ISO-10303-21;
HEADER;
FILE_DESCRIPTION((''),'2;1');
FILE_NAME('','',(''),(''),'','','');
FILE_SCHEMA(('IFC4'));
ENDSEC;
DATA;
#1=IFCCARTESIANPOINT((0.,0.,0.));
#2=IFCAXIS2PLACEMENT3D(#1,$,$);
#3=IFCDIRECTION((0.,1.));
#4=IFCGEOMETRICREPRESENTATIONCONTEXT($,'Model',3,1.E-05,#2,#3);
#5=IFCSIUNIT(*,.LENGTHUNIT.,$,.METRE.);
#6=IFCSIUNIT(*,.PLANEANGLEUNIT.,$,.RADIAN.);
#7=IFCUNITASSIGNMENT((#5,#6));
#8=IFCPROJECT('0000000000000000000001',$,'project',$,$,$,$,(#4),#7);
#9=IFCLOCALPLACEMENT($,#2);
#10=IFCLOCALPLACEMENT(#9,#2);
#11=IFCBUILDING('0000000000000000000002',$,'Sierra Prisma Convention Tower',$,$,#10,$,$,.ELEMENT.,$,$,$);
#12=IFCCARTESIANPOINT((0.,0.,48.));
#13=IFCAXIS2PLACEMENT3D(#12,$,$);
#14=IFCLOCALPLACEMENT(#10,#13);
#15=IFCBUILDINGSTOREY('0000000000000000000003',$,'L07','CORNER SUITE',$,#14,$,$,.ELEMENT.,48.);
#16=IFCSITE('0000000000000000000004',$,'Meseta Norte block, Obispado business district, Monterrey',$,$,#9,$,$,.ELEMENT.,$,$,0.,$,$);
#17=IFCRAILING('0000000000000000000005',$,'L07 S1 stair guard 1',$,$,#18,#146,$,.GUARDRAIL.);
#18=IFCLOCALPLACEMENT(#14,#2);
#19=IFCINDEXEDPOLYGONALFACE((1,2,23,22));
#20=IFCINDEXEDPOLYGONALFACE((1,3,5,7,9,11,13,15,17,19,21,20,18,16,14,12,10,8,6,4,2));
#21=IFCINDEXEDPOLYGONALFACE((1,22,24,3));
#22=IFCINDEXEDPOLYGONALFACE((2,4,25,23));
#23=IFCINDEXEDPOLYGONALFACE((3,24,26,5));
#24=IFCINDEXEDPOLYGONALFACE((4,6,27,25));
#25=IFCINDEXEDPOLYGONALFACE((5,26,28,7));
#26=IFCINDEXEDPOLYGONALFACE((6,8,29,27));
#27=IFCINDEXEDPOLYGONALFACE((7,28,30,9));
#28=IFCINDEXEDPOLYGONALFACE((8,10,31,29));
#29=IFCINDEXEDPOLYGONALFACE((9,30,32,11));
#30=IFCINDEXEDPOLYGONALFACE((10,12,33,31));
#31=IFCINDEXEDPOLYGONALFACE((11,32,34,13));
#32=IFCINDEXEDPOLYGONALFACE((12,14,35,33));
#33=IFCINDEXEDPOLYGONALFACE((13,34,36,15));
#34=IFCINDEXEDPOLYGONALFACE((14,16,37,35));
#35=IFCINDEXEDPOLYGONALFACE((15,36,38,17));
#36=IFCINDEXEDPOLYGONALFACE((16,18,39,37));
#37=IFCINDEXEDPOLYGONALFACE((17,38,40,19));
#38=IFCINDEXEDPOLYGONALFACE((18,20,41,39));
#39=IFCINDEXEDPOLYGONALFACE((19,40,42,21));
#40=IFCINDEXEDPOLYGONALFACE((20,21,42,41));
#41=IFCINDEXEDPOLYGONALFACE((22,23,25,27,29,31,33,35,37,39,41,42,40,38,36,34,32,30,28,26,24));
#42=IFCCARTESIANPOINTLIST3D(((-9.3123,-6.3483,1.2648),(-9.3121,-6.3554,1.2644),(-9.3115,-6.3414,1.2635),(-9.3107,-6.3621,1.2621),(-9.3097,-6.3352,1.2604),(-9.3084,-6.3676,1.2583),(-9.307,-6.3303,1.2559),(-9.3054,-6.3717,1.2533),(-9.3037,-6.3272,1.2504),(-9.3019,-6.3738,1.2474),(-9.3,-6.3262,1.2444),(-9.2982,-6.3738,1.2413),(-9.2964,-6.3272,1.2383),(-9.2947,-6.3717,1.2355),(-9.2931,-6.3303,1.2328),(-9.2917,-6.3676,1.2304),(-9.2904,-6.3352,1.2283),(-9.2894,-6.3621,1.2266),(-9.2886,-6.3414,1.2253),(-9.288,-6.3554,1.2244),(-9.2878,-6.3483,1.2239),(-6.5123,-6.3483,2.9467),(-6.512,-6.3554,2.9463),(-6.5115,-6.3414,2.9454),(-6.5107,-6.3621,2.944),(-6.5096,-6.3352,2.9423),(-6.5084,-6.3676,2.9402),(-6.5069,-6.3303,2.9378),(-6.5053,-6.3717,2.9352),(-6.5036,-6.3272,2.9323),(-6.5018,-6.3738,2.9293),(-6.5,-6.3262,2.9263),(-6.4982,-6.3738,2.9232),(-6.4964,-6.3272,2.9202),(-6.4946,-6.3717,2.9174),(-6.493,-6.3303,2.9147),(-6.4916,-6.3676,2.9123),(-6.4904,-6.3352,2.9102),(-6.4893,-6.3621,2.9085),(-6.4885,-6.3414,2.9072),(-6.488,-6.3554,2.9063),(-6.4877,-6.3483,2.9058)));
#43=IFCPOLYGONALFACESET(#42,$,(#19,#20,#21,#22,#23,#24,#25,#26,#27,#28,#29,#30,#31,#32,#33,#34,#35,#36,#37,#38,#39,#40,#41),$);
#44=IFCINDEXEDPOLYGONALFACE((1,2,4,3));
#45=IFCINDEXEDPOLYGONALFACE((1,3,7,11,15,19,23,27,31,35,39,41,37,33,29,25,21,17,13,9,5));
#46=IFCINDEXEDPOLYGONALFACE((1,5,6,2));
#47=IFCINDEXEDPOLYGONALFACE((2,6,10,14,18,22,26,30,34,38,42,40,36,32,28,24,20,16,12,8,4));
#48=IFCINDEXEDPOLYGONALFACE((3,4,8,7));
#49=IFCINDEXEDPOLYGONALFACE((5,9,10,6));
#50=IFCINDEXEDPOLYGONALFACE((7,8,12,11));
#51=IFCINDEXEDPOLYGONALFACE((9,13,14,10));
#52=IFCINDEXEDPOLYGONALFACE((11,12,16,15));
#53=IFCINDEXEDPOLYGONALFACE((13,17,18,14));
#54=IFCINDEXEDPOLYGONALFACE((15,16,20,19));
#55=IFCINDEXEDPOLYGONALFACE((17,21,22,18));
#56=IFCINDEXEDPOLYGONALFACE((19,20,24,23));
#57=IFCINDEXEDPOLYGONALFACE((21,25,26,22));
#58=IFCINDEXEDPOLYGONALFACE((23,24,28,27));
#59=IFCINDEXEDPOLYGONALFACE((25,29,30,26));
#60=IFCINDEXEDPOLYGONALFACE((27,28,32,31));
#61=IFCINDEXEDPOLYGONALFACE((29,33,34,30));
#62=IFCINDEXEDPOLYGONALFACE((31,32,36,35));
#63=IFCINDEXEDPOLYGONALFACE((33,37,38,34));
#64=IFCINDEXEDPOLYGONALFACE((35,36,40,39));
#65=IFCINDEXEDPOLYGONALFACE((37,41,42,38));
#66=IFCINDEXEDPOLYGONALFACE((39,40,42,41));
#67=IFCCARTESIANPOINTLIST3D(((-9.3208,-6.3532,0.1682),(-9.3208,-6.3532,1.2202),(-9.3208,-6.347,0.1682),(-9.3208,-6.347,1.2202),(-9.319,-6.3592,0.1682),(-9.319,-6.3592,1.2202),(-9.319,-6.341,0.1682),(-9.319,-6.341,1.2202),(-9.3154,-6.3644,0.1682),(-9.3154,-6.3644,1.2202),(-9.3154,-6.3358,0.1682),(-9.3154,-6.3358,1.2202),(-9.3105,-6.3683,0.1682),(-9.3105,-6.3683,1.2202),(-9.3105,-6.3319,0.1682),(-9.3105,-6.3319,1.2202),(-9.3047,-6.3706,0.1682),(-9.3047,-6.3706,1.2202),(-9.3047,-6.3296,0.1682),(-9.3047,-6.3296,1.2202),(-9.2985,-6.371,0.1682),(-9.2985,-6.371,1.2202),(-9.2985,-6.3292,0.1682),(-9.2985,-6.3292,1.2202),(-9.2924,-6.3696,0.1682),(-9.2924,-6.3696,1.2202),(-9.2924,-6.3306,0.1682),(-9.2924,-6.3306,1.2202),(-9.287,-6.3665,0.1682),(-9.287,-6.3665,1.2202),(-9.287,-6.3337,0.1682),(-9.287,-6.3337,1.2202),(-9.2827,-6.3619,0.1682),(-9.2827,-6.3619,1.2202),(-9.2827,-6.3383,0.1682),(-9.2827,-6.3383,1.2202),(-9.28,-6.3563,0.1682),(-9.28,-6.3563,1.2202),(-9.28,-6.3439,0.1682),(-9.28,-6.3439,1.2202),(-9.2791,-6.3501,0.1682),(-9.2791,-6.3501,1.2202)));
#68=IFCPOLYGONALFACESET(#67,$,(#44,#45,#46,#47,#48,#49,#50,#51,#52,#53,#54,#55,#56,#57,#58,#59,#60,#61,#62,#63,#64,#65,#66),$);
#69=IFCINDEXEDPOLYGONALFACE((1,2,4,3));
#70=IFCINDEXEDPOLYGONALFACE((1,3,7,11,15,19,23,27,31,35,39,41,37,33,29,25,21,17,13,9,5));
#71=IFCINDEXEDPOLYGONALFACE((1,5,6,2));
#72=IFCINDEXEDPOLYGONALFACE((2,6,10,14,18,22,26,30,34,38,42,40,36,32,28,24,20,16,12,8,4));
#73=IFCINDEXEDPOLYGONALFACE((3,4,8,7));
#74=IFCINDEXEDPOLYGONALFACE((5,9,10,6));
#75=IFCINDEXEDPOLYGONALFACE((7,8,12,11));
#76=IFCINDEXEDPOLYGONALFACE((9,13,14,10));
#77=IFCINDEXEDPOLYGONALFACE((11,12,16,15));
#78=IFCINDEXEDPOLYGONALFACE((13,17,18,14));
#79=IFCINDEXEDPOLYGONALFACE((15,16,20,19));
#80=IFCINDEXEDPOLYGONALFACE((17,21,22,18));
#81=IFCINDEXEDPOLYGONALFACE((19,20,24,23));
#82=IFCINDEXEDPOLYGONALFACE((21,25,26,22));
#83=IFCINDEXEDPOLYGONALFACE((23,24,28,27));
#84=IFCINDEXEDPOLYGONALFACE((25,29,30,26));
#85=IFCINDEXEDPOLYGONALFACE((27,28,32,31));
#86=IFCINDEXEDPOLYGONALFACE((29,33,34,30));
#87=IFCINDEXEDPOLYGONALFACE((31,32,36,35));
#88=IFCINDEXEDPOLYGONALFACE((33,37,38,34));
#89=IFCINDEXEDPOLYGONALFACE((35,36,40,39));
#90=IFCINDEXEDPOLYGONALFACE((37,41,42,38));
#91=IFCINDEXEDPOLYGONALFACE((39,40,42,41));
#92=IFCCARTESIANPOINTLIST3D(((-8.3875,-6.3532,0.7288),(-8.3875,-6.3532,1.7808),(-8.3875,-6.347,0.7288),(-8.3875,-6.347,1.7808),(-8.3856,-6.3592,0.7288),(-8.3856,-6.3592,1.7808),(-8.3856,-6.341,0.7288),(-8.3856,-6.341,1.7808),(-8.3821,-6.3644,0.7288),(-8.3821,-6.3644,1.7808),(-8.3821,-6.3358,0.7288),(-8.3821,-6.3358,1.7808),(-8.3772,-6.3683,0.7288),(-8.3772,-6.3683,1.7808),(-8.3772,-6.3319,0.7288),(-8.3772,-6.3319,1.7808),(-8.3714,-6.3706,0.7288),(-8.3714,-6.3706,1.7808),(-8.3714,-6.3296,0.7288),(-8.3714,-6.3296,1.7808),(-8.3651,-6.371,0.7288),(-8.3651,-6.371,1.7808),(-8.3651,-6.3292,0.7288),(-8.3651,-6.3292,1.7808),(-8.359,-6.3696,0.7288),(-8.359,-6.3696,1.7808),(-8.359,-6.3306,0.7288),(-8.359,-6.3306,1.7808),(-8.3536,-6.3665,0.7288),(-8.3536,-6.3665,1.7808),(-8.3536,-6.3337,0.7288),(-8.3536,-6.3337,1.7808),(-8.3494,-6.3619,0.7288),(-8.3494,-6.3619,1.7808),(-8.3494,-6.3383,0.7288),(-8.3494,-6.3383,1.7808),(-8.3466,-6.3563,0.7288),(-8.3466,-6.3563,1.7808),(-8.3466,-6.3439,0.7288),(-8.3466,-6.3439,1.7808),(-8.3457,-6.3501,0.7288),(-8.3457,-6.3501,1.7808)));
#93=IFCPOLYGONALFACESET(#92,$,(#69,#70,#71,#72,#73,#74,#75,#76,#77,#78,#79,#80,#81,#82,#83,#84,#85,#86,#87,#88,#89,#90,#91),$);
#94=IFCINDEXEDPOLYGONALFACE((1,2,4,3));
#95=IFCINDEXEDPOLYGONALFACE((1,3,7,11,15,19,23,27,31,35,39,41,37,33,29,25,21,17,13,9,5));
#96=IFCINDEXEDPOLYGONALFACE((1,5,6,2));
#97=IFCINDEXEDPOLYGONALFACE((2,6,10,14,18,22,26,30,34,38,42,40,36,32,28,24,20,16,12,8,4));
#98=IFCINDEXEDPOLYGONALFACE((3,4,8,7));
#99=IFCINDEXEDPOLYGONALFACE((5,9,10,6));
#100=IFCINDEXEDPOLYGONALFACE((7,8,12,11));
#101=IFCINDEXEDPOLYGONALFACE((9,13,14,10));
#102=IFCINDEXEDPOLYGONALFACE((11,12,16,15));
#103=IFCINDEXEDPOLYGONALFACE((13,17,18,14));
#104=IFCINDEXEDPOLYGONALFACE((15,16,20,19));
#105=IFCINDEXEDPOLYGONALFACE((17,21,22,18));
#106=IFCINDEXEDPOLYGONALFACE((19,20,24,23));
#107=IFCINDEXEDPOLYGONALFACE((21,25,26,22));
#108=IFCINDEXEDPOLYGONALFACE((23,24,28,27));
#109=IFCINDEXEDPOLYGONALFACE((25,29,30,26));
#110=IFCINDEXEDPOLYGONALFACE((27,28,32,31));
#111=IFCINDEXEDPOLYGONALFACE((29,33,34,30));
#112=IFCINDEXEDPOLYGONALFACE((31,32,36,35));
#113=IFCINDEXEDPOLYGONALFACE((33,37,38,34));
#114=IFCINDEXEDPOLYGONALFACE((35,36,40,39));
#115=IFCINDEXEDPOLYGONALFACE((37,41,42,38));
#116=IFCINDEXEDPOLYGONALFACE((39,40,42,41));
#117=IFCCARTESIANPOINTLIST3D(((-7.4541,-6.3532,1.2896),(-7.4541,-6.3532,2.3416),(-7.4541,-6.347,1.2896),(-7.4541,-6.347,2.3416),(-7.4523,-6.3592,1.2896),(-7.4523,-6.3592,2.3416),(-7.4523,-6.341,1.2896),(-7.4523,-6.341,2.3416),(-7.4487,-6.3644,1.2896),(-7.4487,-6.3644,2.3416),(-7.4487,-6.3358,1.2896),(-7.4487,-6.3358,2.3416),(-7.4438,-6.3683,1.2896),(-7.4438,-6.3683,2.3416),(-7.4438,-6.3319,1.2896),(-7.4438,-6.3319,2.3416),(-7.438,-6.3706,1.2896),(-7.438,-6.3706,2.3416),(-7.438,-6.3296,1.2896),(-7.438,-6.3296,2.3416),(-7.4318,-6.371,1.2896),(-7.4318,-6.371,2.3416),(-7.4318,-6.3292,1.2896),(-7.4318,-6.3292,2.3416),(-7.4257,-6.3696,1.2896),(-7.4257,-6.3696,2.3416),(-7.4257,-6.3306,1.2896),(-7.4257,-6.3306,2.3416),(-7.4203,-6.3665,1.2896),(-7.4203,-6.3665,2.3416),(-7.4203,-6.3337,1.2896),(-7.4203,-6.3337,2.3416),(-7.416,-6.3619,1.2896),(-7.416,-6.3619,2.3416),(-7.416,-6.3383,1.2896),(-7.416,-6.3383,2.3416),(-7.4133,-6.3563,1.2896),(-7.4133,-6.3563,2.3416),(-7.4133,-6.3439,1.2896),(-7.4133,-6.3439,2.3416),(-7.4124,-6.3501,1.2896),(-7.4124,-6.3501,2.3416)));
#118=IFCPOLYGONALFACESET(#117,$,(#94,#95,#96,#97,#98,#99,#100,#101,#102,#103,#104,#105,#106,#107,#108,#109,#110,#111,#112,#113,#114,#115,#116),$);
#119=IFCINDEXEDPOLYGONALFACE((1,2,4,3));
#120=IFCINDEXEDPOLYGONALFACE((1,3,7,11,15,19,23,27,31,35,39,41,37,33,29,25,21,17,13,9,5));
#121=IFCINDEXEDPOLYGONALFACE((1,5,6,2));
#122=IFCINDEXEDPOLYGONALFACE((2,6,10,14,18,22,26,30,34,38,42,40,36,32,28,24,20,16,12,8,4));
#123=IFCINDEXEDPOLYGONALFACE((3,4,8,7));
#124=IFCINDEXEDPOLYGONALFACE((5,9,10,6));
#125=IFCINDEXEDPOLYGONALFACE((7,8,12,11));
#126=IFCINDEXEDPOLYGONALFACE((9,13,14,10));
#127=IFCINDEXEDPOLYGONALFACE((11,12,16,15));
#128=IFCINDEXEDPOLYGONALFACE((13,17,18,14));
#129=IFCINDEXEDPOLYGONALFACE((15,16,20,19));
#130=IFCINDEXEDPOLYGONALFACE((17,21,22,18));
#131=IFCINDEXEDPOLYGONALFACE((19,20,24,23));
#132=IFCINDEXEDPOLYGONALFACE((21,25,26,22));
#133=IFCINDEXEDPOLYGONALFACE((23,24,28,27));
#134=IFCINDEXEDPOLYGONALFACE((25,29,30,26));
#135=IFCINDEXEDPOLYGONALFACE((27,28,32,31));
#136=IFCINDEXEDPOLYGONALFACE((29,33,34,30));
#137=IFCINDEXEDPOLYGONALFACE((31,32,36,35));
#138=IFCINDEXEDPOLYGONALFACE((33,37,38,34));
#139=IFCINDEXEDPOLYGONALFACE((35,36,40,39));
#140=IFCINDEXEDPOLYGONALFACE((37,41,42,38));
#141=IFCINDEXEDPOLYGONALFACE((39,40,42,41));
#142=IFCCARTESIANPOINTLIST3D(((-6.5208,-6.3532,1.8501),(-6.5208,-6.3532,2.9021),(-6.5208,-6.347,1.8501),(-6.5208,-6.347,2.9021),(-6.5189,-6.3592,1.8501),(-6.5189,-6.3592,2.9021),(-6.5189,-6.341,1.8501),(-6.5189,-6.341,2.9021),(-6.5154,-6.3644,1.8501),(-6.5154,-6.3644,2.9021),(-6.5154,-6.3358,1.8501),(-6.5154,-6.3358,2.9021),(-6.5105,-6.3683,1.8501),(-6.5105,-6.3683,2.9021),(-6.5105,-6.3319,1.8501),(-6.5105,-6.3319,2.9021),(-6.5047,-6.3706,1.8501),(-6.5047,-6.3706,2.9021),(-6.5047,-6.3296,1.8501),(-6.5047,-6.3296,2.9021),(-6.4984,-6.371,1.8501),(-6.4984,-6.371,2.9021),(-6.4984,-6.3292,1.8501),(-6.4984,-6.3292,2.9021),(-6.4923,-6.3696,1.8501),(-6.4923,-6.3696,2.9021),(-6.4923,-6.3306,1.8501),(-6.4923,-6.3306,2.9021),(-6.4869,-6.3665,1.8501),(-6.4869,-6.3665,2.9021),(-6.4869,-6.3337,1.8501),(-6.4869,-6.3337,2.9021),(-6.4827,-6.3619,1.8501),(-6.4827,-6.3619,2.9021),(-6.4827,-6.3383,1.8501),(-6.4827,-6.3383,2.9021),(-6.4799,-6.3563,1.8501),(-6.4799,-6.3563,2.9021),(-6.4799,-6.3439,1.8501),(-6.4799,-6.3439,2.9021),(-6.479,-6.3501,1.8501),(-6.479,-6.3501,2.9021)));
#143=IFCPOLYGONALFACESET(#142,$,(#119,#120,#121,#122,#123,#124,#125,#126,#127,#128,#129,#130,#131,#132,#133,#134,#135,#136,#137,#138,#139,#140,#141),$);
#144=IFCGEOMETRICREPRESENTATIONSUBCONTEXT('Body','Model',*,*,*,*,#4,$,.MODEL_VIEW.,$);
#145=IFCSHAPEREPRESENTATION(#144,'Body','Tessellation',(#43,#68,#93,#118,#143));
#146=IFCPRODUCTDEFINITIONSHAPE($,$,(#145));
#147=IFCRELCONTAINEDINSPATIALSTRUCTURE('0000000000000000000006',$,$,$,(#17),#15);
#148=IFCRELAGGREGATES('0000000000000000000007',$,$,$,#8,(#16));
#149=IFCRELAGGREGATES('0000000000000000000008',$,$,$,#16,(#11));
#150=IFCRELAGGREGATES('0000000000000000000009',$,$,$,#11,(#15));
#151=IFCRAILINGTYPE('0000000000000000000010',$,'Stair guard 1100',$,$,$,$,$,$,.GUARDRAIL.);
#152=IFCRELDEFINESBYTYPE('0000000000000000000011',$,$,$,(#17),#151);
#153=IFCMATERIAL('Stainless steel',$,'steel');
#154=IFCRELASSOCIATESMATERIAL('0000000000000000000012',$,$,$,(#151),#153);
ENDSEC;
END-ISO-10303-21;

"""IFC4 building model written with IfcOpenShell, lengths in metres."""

from ifc_helpers import new_model, si_unit, direction, frame, origin, origin_2d, place, context, subcontext, project, spatial, circle, extrude, material, type_object, element, save


model = new_model("IFC4")

# Units and contexts
model_context = context("Model", 3, precision=1e-05, world=origin(), true_north=direction((0.0, 1.0)))
body_context = subcontext(model_context, "Body", "Model", "MODEL_VIEW")
ifc_project = project(units=[si_unit("LENGTHUNIT", "METRE"), si_unit("PLANEANGLEUNIT", "RADIAN")], contexts=[model_context])

# Site, building, storey
site_placement = place(None, origin())
site = spatial("IfcSite", under=ifc_project, at=site_placement, Name="Meseta Norte block, Obispado business district, Monterrey", CompositionType="ELEMENT", RefElevation=0.0)
building_placement = place(site_placement, origin())
building = spatial("IfcBuilding", under=site, at=building_placement, Name="Sierra Prisma Convention Tower", CompositionType="ELEMENT")
storey_placement = place(building_placement, frame((0.0, 0.0, 48.0)))
storey = spatial("IfcBuildingStorey", under=building, at=storey_placement, Name="L07", Description="CORNER SUITE", CompositionType="ELEMENT", Elevation=48.0)

# Railing
ifc_material_1 = material(Name="Stainless steel", Category="steel")
railing_type_1 = type_object("IfcRailingType", Name="Stair guard 1100", PredefinedType="GUARDRAIL", material=ifc_material_1)
railing_1_placement = place(storey_placement, frame((-9.3, -6.3501, 0.1682)))
element("IfcRailing", 1, at=railing_1_placement, inside=storey, type_object=railing_type_1, Name="L07 S1 stair guard 1", PredefinedType="GUARDRAIL", context=body_context, shape_type="SweptSolid", body=[
    extrude(circle(Radius=0.0239, at=origin_2d()), frame((0.0, 0.0, 1.0762), z_axis=(0.857242, 0.0, 0.514913), x_axis=(0.0, 1.0, 0.0)), (0.0, 0.0, 1.0), 3.2664),
    extrude(circle(Radius=0.021, at=origin_2d()), origin(), (0.0, 0.0, 1.0), 1.052),
    extrude(circle(Radius=0.021, at=origin_2d()), frame((0.9333, 0.0, 0.5605)), (0.0, 0.0, 1.0), 1.052),
    extrude(circle(Radius=0.021, at=origin_2d()), frame((1.8667, 0.0, 1.1213)), (0.0, 0.0, 1.0), 1.052),
    extrude(circle(Radius=0.021, at=origin_2d()), frame((2.8, 0.0, 1.6819)), (0.0, 0.0, 1.0), 1.052),
])

save(model, "model.ifc")
